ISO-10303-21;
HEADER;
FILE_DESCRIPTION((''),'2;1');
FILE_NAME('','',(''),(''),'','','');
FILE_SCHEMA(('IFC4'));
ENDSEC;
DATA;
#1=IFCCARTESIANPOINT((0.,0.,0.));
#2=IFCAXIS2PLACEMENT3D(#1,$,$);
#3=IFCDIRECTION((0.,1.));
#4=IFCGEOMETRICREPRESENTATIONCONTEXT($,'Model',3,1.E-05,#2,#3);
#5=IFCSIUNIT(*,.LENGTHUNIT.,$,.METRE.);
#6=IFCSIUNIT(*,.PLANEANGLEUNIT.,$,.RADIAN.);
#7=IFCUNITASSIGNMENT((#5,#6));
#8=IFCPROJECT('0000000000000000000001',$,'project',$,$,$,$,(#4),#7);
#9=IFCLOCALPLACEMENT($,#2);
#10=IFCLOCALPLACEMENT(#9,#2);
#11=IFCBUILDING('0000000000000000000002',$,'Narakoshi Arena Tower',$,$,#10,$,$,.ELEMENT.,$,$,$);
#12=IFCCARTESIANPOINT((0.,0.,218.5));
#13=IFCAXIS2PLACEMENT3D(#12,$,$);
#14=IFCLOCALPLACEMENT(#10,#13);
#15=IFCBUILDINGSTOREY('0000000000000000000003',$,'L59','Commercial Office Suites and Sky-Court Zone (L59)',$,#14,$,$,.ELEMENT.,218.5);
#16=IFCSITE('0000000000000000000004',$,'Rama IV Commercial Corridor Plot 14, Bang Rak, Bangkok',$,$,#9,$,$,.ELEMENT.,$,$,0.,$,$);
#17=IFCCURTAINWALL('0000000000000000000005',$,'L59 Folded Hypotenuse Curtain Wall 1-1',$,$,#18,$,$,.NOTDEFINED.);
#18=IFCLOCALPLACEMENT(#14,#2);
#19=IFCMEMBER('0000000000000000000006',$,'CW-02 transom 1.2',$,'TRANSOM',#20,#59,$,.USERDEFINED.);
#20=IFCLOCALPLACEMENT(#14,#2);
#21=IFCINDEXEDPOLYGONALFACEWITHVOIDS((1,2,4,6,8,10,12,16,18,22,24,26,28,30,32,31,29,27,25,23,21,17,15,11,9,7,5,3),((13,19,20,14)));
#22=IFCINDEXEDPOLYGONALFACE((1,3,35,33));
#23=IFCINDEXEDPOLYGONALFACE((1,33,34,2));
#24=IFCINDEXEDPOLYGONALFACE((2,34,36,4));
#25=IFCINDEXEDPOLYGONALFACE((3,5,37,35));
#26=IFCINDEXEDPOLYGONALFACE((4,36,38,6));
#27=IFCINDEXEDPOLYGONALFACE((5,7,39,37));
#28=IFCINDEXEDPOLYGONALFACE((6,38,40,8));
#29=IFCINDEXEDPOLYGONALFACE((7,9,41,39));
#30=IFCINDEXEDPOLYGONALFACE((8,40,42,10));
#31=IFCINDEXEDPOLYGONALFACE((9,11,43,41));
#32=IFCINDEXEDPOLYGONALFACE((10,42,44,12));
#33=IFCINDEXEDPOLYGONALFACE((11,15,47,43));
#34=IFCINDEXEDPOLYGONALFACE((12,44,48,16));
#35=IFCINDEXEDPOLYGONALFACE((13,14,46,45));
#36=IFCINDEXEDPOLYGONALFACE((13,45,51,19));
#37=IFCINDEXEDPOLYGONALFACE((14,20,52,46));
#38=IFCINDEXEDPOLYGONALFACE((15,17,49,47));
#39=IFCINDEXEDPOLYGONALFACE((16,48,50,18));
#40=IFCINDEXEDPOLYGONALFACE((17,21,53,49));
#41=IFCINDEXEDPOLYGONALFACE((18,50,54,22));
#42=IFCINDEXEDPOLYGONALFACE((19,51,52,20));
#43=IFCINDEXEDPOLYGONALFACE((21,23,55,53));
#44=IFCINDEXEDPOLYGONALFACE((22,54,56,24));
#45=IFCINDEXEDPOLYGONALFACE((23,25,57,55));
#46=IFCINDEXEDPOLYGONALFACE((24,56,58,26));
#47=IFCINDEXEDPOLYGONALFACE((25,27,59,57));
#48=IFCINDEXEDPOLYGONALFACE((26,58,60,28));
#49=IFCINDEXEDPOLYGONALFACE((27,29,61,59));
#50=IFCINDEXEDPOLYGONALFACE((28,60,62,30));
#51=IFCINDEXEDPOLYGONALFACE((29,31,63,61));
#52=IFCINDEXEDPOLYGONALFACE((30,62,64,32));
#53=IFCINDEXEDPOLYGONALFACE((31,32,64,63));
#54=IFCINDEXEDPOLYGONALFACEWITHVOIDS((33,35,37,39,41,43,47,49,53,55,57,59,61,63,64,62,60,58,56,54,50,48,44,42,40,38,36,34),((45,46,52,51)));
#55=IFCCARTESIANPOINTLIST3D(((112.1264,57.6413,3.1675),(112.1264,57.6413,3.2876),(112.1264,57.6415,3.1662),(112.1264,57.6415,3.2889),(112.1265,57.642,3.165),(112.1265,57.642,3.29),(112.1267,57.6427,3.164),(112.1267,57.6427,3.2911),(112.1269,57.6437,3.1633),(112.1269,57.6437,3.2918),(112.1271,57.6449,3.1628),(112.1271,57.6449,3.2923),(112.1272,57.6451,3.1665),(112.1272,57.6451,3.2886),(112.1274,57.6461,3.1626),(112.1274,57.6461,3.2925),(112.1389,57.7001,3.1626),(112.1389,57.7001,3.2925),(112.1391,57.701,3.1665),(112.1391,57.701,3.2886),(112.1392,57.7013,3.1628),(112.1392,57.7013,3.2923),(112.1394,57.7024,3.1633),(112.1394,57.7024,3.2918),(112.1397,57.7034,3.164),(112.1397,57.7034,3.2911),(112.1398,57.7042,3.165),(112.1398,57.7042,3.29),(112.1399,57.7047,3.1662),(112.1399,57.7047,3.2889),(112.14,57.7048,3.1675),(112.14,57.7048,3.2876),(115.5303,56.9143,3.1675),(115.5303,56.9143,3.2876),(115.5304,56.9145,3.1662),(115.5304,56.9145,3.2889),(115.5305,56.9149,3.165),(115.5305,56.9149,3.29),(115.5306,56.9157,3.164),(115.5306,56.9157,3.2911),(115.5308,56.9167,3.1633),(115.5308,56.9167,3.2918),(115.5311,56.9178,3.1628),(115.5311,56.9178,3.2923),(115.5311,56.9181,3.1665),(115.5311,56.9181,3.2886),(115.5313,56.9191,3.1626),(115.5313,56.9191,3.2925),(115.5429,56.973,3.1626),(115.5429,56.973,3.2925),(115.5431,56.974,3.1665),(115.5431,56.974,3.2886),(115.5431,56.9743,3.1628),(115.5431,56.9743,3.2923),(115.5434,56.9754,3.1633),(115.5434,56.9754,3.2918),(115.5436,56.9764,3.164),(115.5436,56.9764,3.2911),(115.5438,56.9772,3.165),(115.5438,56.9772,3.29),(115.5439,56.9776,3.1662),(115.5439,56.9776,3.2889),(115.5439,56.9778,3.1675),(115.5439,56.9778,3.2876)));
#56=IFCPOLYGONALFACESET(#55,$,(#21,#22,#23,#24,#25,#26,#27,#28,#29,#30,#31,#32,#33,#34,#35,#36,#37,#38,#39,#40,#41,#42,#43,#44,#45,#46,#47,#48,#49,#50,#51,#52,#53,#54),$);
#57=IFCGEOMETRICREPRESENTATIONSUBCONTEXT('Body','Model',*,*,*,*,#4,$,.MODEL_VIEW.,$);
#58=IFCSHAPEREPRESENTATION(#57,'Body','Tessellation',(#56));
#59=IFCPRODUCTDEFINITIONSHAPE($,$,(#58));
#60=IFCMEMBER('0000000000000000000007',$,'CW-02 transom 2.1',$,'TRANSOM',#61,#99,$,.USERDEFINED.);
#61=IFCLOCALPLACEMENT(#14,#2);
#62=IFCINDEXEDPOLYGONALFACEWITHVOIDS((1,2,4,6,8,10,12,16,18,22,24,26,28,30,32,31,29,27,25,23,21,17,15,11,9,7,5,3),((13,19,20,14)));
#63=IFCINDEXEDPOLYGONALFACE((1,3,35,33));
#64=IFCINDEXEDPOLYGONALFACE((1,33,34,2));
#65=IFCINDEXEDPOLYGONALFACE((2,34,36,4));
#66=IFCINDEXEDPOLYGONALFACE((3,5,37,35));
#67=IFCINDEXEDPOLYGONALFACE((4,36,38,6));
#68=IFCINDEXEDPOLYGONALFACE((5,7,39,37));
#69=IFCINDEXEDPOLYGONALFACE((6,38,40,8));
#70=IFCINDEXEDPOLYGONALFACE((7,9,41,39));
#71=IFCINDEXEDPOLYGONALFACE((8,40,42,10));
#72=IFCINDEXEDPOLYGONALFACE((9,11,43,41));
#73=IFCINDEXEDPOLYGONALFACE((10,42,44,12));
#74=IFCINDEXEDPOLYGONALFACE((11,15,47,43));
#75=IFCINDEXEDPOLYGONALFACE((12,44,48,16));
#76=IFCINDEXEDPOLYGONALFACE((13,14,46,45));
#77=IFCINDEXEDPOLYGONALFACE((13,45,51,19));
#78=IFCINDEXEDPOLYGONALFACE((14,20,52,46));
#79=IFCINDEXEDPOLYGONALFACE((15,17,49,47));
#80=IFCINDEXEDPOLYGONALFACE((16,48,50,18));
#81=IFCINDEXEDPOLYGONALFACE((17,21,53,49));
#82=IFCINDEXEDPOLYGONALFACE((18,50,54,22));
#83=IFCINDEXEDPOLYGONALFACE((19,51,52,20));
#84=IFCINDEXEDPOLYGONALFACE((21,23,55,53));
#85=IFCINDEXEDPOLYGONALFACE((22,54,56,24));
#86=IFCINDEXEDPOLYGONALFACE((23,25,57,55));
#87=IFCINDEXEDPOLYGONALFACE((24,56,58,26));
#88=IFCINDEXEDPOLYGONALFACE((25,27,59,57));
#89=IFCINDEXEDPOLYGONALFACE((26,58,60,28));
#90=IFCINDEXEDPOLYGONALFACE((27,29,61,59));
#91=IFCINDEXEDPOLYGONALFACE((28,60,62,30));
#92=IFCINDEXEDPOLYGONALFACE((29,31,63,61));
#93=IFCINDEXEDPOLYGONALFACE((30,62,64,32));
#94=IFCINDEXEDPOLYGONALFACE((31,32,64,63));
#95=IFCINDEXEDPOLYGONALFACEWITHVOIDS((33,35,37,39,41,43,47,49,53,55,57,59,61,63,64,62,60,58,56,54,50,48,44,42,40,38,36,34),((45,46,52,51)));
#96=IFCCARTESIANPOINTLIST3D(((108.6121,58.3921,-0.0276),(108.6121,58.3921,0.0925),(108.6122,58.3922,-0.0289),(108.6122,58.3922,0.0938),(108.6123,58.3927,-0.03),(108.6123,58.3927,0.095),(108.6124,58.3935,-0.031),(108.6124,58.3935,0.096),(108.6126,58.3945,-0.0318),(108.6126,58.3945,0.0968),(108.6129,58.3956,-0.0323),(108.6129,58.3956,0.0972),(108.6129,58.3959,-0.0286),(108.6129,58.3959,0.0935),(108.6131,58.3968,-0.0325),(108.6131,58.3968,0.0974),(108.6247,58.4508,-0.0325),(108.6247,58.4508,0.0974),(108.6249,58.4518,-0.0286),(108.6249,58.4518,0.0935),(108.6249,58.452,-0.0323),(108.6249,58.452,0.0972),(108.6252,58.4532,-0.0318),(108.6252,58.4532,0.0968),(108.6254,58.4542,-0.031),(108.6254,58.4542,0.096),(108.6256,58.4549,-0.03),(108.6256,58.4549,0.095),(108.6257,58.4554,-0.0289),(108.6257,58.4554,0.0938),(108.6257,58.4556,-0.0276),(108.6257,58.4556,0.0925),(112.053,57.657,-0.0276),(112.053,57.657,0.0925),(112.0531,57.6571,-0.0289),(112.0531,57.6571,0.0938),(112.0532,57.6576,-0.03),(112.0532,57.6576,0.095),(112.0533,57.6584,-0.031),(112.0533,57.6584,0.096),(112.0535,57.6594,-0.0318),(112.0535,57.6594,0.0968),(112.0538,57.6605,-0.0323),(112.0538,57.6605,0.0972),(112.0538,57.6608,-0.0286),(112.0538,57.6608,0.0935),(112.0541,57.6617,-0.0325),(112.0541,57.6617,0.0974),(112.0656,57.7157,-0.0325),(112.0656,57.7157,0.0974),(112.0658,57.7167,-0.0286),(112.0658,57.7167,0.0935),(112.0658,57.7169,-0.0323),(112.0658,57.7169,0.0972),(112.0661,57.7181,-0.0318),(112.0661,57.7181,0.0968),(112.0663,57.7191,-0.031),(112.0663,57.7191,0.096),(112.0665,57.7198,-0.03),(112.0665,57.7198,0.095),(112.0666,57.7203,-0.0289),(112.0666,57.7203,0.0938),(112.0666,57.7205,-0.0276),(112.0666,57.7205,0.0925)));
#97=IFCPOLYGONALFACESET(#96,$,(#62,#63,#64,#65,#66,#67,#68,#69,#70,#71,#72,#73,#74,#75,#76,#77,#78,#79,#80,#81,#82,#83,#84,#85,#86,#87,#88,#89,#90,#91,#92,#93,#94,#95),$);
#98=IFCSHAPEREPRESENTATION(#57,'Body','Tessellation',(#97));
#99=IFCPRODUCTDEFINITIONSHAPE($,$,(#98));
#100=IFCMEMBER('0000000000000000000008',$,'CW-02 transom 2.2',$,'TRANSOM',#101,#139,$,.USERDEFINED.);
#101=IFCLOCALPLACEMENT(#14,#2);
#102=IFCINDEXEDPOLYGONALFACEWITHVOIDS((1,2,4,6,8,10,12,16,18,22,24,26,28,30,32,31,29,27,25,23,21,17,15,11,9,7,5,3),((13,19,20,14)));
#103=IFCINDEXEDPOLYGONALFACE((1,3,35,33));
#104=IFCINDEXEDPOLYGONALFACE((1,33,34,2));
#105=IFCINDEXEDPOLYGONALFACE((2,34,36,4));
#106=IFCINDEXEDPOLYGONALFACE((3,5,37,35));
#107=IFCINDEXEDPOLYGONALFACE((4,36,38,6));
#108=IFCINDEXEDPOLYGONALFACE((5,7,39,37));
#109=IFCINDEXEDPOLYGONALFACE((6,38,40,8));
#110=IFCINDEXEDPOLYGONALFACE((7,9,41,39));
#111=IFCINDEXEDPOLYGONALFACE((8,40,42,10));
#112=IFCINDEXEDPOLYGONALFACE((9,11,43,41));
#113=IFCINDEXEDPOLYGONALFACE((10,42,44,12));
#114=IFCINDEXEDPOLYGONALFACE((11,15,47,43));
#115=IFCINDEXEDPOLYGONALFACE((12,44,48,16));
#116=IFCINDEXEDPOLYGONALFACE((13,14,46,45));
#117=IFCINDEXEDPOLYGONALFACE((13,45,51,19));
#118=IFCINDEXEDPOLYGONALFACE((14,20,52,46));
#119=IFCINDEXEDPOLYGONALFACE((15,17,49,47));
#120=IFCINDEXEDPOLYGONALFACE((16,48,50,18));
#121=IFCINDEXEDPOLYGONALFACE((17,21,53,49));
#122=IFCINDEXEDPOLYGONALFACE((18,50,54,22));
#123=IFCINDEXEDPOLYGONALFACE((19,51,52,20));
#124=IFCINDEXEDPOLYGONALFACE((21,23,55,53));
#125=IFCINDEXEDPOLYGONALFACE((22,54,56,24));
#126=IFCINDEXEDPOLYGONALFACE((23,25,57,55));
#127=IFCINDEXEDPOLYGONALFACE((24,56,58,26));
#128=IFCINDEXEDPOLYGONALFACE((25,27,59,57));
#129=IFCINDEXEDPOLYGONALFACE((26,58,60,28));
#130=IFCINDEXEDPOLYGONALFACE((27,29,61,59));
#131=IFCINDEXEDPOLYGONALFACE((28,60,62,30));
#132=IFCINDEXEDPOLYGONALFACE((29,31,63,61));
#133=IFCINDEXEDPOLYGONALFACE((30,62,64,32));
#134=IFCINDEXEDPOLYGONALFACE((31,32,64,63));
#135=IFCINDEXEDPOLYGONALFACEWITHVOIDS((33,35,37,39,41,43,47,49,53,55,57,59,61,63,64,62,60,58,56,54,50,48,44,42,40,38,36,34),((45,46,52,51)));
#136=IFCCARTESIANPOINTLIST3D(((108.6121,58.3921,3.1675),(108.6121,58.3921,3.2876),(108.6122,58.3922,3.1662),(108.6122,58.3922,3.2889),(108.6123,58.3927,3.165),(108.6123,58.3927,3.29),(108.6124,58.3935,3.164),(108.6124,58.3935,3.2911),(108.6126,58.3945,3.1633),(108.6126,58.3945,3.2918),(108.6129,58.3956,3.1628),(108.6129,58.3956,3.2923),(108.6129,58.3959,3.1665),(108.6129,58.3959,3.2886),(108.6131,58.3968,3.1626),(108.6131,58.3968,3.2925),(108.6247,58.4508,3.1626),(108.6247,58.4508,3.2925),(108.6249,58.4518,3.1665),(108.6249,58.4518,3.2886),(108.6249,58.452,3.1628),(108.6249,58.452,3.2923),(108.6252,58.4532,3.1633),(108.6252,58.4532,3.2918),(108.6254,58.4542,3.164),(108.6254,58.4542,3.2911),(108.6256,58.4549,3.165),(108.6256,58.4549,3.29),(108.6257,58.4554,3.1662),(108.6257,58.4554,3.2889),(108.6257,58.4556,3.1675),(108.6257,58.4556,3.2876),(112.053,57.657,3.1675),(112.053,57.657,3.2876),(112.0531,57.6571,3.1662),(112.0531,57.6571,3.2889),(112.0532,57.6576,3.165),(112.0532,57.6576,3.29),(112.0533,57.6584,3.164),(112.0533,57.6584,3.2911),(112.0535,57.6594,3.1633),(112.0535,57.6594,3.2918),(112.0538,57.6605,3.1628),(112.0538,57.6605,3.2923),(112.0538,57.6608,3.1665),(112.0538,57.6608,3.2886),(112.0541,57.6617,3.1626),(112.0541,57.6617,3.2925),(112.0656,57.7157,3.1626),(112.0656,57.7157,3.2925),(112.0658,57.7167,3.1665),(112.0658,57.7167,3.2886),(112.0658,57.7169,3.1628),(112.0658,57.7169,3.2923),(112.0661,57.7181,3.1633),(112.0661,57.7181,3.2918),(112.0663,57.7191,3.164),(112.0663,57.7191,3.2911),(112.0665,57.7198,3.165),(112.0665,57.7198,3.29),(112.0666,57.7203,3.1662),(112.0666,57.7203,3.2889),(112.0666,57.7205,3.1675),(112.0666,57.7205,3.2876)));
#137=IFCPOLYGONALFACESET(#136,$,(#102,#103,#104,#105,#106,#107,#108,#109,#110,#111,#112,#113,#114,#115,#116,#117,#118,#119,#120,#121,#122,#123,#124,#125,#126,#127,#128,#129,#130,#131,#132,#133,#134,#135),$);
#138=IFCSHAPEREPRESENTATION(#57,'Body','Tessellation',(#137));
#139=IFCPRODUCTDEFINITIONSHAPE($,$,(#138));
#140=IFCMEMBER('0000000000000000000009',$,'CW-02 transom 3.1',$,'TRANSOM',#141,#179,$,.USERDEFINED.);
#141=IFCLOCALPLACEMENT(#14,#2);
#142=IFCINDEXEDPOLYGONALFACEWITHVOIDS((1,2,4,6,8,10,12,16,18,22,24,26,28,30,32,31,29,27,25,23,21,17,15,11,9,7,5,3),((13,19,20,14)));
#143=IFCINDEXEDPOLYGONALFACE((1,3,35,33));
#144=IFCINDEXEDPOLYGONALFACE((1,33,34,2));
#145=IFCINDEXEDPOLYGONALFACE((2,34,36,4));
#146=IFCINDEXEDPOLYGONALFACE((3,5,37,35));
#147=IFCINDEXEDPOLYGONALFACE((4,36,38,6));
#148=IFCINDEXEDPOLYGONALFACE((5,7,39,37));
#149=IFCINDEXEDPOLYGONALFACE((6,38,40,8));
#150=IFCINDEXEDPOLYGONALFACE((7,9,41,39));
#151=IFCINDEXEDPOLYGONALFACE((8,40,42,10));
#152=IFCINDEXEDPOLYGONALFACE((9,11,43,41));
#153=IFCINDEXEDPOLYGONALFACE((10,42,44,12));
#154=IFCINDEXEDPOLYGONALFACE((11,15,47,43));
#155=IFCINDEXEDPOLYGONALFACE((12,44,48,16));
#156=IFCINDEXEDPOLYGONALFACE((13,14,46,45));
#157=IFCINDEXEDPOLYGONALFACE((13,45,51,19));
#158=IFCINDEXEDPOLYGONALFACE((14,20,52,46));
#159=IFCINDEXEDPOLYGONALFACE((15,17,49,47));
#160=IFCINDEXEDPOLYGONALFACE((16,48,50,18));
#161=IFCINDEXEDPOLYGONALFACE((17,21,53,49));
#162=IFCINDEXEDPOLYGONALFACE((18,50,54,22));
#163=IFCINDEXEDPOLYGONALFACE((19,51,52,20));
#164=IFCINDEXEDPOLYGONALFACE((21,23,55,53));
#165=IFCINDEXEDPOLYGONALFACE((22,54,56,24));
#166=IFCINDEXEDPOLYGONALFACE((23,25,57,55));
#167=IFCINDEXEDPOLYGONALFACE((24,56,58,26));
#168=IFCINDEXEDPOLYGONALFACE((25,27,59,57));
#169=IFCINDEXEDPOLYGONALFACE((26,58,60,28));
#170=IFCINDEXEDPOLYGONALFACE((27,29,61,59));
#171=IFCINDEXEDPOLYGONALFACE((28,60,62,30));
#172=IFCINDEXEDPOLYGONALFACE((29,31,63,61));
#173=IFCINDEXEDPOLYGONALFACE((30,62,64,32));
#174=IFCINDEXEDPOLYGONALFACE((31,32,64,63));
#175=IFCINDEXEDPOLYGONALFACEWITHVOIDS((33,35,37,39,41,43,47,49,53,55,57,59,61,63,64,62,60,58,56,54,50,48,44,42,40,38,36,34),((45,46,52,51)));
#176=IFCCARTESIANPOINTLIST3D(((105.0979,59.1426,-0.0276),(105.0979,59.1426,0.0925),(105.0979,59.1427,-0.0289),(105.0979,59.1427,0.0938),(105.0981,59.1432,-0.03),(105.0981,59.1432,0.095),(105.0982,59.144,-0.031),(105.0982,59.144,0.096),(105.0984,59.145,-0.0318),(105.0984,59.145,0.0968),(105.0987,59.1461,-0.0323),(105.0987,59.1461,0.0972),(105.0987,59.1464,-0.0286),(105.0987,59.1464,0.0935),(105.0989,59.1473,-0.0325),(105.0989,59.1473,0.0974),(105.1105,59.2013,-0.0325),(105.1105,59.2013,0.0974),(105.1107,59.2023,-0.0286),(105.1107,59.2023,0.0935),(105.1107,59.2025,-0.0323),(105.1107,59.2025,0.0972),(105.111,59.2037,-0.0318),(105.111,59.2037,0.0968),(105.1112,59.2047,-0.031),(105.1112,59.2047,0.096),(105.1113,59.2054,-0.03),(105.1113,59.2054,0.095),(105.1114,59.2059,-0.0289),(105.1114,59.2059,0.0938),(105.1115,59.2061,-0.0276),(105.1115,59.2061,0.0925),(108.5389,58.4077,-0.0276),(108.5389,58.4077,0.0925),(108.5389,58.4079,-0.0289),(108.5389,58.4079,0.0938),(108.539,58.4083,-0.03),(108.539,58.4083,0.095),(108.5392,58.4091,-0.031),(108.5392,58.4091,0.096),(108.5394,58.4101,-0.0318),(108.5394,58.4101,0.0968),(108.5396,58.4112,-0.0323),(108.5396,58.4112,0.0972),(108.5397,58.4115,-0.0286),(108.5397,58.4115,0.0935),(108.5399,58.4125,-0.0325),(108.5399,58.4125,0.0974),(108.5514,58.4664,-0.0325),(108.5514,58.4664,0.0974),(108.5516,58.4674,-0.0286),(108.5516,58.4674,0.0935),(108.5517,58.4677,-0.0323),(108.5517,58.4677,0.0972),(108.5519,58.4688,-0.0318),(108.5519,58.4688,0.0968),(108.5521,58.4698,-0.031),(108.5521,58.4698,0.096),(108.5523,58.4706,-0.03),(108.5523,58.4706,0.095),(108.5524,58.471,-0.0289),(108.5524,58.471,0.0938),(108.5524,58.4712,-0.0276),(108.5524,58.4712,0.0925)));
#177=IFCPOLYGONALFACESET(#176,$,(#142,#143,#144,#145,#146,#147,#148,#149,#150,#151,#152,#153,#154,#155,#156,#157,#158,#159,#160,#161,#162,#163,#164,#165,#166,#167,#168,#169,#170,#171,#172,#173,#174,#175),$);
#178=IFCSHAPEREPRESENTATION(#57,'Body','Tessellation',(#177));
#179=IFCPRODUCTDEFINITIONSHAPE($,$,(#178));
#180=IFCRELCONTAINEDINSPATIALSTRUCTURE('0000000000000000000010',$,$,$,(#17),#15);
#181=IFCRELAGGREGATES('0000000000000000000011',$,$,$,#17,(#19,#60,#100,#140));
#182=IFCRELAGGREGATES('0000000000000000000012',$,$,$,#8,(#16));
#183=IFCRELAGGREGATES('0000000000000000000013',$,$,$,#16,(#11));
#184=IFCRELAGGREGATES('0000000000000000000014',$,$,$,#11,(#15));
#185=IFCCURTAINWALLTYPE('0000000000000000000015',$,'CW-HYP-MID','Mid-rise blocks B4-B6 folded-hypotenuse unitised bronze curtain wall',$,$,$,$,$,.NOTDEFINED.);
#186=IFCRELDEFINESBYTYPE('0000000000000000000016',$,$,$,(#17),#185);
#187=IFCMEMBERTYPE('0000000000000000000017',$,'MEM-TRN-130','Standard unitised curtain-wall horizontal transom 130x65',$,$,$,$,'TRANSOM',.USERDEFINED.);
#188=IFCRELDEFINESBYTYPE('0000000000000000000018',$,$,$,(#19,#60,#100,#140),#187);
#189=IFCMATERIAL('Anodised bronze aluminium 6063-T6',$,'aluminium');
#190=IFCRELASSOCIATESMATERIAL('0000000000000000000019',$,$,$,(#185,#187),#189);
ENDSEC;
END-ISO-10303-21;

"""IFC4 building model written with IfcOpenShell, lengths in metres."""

from ifc_helpers import new_model, si_unit, direction, frame, origin, origin_2d, place, context, subcontext, project, spatial, hollow_rectangle, extrude, material, material_profile, profile_set, type_object, element, aggregate, save


model = new_model("IFC4")

# Units and contexts
model_context = context("Model", 3, precision=1e-05, world=origin(), true_north=direction((0.0, 1.0)))
body_context = subcontext(model_context, "Body", "Model", "MODEL_VIEW")
ifc_project = project(units=[si_unit("LENGTHUNIT", "METRE"), si_unit("PLANEANGLEUNIT", "RADIAN")], contexts=[model_context])

# Site, building, storey
site_placement = place(None, origin())
site = spatial("IfcSite", under=ifc_project, at=site_placement, Name="Rama IV Commercial Corridor Plot 14, Bang Rak, Bangkok", CompositionType="ELEMENT", RefElevation=0.0)
building_placement = place(site_placement, origin())
building = spatial("IfcBuilding", under=site, at=building_placement, Name="Narakoshi Arena Tower", CompositionType="ELEMENT")
storey_placement = place(building_placement, frame((0.0, 0.0, 218.5)))
storey = spatial("IfcBuildingStorey", under=building, at=storey_placement, Name="L59", Description="Commercial Office Suites and Sky-Court Zone (L59)", CompositionType="ELEMENT", Elevation=218.5)

# Curtain wall, members
ifc_material_1 = material(Name="Anodised bronze aluminium 6063-T6", Category="aluminium")
curtain_wall_type = type_object("IfcCurtainWallType", Name="CW-HYP-MID", Description="Mid-rise blocks B4-B6 folded-hypotenuse unitised bronze curtain wall", PredefinedType="NOTDEFINED", material=ifc_material_1)
curtain_wall_placement = place(storey_placement, origin())
curtain_wall = element("IfcCurtainWall", 1, at=curtain_wall_placement, inside=storey, type_object=curtain_wall_type, Name="L59 Folded Hypotenuse Curtain Wall 1-1", PredefinedType="NOTDEFINED")
ifc_material_profile_1 = material_profile(ifc_material_1, hollow_rectangle(XDim=0.0649, YDim=0.1299, WallThickness=0.0039, OuterFilletRadius=0.0049, at=origin_2d()), Name="TRN130x65x4")
ifc_profile_set_1 = profile_set([ifc_material_profile_1], Name="Anodised bronze aluminium 6063-T6")
member_type_1 = type_object("IfcMemberType", Name="MEM-TRN-130", Description="Standard unitised curtain-wall horizontal transom 130x65", ElementType="TRANSOM", PredefinedType="USERDEFINED", material=ifc_profile_set_1)
member_1_placement = place(storey_placement, frame((115.5371, 56.946, 3.2275), z_axis=(-0.977943, 0.208873, 0.0), x_axis=(-0.208873, -0.977943, 0.0)))
member_1 = element("IfcMember", 2, at=member_1_placement, type_object=member_type_1, Name="CW-02 transom 1.2", ObjectType="TRANSOM", PredefinedType="USERDEFINED", context=body_context, shape_type="SweptSolid", body=[
    extrude(hollow_rectangle(XDim=0.0649, YDim=0.1299, WallThickness=0.0039, OuterFilletRadius=0.0049, at=origin_2d()), origin(), (0.0, 0.0, 1.0), 3.4807),
])
member_2_placement = place(storey_placement, frame((112.0598, 57.6887, 0.0325), z_axis=(-0.977932, 0.208923, 0.0), x_axis=(-0.208923, -0.977932, 0.0)))
member_2 = element("IfcMember", 3, at=member_2_placement, type_object=member_type_1, Name="CW-02 transom 2.1", ObjectType="TRANSOM", PredefinedType="USERDEFINED", context=body_context, shape_type="SweptSolid", body=[
    extrude(hollow_rectangle(XDim=0.0649, YDim=0.1299, WallThickness=0.0039, OuterFilletRadius=0.0049, at=origin_2d()), origin(), (0.0, 0.0, 1.0), 3.5186),
])
member_3_placement = place(storey_placement, frame((112.0598, 57.6887, 3.2275), z_axis=(-0.977932, 0.208923, 0.0), x_axis=(-0.208923, -0.977932, 0.0)))
member_3 = element("IfcMember", 4, at=member_3_placement, type_object=member_type_1, Name="CW-02 transom 2.2", ObjectType="TRANSOM", PredefinedType="USERDEFINED", context=body_context, shape_type="SweptSolid", body=[
    extrude(hollow_rectangle(XDim=0.0649, YDim=0.1299, WallThickness=0.0039, OuterFilletRadius=0.0049, at=origin_2d()), origin(), (0.0, 0.0, 1.0), 3.5186),
])
member_4_placement = place(storey_placement, frame((108.5457, 58.4395, 0.0325), z_axis=(-0.977946, 0.208856, 0.0), x_axis=(-0.208856, -0.977946, 0.0)))
member_4 = element("IfcMember", 5, at=member_4_placement, type_object=member_type_1, Name="CW-02 transom 3.1", ObjectType="TRANSOM", PredefinedType="USERDEFINED", context=body_context, shape_type="SweptSolid", body=[
    extrude(hollow_rectangle(XDim=0.0649, YDim=0.1299, WallThickness=0.0039, OuterFilletRadius=0.0049, at=origin_2d()), origin(), (0.0, 0.0, 1.0), 3.5186),
])
aggregate(curtain_wall, [member_1, member_2, member_3, member_4])

save(model, "model.ifc")
